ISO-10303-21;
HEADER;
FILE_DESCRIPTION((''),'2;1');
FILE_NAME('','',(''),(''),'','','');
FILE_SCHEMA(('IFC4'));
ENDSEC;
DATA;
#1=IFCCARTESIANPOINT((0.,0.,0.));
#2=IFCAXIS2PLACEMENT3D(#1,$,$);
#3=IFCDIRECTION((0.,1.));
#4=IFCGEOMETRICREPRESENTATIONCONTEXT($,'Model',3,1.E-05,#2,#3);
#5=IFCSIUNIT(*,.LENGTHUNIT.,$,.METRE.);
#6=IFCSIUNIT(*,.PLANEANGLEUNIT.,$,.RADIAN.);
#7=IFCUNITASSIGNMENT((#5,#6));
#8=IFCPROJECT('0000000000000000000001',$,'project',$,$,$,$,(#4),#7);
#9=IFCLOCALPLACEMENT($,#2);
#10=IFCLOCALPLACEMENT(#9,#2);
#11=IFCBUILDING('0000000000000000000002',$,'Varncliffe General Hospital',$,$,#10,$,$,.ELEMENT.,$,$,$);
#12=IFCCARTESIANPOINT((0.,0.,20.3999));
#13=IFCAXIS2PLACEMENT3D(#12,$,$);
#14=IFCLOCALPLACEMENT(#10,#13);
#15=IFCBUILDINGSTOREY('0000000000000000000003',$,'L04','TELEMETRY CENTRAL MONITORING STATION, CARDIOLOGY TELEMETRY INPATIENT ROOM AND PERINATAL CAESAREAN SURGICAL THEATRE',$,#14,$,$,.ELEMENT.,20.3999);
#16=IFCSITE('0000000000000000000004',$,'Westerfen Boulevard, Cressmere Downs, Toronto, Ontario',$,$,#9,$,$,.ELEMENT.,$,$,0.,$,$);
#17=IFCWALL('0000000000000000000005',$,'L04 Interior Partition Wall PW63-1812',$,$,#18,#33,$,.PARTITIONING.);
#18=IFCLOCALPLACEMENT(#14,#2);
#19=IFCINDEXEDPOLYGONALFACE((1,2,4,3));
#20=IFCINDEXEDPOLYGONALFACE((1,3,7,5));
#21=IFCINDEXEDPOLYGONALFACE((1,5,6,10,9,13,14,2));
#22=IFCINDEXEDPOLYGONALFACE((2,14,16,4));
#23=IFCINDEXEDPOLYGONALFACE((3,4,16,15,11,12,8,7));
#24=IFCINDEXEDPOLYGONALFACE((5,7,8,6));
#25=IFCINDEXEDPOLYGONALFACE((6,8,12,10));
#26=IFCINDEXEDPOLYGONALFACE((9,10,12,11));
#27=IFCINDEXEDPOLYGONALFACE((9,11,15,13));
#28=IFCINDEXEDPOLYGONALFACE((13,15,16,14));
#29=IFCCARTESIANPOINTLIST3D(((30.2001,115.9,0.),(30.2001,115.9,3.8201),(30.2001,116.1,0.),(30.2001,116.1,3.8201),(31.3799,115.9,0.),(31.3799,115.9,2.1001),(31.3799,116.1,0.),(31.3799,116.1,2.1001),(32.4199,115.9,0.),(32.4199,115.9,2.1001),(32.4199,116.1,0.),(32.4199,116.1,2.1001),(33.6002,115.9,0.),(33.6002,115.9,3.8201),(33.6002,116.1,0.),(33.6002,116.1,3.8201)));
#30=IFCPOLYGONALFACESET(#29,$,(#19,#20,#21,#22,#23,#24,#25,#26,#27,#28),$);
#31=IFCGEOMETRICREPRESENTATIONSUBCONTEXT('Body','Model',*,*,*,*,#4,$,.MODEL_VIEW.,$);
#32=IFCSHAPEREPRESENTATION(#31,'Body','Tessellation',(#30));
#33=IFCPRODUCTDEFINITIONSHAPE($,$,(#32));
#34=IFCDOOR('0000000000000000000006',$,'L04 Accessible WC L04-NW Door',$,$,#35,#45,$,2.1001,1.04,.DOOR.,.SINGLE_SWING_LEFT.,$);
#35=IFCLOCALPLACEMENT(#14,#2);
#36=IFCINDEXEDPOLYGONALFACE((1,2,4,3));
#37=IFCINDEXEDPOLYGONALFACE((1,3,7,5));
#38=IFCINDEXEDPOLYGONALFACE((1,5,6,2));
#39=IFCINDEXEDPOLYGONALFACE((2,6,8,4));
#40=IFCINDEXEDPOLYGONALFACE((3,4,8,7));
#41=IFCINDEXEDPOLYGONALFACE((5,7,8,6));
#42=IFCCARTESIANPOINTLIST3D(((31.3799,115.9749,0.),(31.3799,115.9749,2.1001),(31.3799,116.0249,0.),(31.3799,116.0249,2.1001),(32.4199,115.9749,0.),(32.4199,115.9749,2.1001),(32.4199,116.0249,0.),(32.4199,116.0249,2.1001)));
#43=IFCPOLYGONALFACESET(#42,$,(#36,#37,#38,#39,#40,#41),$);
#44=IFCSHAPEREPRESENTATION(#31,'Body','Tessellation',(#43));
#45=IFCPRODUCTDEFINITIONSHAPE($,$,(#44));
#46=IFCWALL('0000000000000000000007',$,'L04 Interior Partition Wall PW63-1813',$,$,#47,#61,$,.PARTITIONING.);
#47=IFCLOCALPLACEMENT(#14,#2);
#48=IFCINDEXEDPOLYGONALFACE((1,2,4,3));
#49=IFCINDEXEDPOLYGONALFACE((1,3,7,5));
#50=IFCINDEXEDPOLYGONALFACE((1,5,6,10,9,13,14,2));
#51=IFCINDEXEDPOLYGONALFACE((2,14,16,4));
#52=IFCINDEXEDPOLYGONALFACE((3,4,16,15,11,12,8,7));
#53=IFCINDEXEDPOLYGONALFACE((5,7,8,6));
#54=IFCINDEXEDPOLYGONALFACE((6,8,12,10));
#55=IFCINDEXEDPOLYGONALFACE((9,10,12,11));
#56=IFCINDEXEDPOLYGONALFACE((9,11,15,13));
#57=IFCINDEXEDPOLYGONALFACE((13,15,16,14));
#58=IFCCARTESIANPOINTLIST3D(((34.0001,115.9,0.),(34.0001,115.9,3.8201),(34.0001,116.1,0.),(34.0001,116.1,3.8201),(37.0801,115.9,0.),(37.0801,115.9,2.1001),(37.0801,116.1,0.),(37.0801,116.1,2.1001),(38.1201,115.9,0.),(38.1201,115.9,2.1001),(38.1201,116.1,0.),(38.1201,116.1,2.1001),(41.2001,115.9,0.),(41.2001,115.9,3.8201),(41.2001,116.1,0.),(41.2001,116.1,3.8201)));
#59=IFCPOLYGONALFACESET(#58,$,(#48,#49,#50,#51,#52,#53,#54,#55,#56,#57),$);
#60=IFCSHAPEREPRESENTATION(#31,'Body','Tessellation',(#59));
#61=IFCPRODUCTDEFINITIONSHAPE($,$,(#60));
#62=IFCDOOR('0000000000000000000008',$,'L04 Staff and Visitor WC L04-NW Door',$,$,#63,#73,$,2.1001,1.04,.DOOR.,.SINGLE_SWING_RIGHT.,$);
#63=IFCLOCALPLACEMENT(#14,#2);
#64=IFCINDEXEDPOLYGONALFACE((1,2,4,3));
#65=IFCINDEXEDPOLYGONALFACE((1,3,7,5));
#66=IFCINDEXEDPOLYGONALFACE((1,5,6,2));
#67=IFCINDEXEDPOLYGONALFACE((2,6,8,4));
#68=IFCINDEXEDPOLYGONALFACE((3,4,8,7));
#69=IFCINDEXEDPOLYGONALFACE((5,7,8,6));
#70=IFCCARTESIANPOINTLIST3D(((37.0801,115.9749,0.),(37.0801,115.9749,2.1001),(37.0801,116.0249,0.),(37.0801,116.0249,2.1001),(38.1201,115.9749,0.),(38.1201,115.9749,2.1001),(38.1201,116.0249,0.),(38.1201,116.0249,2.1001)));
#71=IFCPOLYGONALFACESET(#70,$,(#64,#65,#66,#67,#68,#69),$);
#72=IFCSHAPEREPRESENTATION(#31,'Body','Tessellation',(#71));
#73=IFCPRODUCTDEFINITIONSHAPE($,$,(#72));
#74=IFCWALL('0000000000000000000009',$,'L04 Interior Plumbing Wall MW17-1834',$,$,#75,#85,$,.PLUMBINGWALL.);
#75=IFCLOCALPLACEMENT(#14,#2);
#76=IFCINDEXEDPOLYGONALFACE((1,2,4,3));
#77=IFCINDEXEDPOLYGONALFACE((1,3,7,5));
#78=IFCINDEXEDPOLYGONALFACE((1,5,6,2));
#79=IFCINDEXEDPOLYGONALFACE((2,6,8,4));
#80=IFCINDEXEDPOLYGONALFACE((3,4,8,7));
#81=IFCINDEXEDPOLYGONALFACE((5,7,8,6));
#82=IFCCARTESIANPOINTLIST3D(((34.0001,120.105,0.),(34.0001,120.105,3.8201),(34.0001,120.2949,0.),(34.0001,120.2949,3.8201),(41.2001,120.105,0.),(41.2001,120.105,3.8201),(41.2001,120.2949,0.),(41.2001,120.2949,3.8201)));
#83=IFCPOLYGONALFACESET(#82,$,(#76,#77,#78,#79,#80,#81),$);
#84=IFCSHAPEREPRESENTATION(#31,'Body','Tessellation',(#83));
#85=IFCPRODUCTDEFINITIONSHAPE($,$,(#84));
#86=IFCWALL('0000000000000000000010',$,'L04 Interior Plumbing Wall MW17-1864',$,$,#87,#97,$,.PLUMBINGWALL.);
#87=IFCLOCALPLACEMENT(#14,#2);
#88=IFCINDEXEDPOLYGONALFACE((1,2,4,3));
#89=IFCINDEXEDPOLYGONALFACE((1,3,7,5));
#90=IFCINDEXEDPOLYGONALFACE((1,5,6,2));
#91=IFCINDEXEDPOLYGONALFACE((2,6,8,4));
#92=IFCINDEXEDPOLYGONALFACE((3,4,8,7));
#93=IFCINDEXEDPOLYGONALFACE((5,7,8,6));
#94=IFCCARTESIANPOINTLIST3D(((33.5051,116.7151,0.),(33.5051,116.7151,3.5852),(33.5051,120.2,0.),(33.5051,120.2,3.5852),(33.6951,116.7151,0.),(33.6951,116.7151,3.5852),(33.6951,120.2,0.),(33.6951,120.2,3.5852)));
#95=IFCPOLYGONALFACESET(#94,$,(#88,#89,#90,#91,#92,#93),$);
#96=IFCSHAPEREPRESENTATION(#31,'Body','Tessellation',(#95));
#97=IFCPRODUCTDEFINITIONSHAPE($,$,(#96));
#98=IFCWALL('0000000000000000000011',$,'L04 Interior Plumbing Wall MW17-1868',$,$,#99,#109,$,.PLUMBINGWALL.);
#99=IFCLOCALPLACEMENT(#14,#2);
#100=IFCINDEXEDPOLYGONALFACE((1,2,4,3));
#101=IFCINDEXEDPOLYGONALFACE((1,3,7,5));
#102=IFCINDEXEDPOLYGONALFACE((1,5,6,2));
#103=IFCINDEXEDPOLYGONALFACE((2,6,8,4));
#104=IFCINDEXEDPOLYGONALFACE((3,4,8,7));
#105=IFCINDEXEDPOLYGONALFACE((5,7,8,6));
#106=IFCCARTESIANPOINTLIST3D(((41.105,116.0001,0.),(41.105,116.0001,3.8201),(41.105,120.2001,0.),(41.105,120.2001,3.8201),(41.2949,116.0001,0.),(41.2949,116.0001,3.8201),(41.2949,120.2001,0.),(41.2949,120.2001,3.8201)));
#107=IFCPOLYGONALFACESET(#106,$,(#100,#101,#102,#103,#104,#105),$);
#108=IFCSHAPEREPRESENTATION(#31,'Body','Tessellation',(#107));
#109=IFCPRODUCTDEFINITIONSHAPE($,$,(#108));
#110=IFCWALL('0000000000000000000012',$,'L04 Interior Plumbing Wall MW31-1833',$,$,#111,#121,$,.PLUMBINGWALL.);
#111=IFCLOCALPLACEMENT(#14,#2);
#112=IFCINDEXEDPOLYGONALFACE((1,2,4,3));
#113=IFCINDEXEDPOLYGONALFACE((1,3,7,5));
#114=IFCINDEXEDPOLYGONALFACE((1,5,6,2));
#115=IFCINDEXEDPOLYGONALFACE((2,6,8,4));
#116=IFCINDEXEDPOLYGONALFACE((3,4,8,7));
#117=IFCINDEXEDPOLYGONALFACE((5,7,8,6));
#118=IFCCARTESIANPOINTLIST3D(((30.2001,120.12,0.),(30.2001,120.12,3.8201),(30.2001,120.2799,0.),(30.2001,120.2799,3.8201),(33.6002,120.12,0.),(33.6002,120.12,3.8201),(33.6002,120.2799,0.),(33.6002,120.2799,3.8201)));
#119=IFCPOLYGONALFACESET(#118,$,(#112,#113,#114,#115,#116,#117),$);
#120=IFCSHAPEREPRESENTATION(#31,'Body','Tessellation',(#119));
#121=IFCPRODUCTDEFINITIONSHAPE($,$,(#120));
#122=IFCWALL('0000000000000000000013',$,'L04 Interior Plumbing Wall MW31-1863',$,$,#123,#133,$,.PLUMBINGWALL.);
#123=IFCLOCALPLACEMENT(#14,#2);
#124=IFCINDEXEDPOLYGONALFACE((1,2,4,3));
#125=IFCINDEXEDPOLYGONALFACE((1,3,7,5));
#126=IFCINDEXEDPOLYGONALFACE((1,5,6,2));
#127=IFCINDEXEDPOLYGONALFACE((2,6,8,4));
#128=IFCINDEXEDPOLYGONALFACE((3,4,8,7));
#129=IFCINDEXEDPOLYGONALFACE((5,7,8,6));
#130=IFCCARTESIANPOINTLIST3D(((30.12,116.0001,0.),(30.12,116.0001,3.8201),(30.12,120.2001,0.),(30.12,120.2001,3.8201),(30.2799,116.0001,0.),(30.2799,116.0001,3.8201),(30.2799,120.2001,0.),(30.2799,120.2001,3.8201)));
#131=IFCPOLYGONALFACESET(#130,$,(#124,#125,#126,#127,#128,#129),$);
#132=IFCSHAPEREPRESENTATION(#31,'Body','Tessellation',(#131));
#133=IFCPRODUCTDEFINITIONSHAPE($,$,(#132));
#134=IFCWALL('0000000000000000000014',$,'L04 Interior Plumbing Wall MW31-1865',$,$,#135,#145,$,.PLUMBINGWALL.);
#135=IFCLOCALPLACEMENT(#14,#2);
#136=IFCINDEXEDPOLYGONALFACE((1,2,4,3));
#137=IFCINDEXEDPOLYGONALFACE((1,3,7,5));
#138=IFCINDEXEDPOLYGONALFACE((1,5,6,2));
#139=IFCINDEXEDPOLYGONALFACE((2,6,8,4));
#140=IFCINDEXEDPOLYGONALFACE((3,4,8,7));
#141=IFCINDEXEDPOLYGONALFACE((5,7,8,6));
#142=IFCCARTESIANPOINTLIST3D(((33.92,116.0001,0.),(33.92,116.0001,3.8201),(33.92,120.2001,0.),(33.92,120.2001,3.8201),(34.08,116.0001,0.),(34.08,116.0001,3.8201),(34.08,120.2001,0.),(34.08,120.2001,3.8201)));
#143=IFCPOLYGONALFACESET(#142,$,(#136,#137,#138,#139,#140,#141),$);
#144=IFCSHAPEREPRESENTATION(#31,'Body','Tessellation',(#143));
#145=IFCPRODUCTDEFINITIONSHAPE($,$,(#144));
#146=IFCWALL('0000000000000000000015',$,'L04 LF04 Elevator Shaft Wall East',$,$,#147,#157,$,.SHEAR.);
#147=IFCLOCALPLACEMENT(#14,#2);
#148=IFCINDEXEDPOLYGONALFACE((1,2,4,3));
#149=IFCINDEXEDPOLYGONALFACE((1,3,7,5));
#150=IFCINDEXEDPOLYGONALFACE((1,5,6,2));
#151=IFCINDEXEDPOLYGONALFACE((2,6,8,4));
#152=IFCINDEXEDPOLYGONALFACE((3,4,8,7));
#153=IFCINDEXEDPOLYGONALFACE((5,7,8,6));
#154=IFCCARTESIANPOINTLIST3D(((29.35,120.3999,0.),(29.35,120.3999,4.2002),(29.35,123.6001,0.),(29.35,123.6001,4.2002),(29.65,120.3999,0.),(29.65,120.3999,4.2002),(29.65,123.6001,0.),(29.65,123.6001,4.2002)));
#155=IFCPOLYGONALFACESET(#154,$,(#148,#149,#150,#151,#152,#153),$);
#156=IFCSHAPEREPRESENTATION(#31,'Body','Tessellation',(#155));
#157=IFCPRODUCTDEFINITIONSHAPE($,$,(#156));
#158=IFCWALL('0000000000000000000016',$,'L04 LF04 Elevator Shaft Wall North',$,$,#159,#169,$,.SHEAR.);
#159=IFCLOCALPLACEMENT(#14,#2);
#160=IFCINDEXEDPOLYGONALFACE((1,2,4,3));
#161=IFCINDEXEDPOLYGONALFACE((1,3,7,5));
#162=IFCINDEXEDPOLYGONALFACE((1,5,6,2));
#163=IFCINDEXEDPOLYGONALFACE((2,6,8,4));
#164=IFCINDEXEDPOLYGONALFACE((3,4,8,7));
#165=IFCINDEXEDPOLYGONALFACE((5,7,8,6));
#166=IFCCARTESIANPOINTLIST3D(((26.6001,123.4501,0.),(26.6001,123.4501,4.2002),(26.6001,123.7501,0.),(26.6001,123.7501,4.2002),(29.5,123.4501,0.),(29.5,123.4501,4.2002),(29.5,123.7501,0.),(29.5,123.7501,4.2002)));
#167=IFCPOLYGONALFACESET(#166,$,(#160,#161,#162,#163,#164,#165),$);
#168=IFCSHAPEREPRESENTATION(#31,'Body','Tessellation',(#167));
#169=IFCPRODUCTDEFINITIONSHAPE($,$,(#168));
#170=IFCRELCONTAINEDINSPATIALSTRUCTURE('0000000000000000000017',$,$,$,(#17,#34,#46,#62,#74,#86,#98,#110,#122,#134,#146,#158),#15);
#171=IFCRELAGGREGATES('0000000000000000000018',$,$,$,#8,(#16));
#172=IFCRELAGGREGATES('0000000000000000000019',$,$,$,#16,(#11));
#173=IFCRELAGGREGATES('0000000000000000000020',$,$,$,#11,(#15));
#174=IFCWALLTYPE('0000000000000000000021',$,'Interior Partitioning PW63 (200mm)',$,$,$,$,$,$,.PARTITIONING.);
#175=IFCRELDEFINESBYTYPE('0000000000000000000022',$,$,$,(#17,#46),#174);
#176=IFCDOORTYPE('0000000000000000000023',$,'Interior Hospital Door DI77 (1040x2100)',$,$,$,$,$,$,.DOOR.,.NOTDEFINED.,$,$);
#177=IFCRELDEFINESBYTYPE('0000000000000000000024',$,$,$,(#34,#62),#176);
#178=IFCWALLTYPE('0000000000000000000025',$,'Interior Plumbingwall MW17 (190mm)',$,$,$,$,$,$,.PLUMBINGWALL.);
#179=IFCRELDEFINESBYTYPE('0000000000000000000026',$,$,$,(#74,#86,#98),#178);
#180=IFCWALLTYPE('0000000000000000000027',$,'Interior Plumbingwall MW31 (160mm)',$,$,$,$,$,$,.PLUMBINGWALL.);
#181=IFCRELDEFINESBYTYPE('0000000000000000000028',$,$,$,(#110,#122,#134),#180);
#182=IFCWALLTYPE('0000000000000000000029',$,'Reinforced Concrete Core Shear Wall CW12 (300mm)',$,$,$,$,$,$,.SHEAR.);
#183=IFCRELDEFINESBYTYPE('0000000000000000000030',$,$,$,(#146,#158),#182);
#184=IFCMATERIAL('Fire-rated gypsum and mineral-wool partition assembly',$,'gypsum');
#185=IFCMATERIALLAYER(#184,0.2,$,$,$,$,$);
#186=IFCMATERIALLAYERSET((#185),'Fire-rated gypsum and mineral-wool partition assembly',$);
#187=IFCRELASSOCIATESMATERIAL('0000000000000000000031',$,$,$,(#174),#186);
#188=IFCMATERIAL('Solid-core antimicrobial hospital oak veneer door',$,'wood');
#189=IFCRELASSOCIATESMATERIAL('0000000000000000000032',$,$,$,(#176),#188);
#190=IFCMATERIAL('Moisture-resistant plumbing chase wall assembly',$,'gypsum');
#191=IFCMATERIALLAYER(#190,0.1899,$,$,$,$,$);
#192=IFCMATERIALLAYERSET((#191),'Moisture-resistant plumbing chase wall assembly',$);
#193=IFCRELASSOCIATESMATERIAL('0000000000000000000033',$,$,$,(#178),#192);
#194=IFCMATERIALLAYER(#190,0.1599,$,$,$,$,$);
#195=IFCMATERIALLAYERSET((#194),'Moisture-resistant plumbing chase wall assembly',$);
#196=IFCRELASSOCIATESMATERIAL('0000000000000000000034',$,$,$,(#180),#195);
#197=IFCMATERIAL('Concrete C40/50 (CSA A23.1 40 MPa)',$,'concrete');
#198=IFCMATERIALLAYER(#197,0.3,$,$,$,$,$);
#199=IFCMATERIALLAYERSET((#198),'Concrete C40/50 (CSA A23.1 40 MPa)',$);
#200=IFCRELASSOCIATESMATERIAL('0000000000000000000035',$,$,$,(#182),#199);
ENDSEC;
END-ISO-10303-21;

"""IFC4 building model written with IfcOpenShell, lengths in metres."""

from ifc_helpers import new_model, si_unit, direction, frame, frame_2d, origin, place, context, subcontext, project, spatial, rectangle, extrude, material, layer, layer_set, type_object, element, fill, save


model = new_model("IFC4")

# Units and contexts
model_context = context("Model", 3, precision=1e-05, world=origin(), true_north=direction((0.0, 1.0)))
body_context = subcontext(model_context, "Body", "Model", "MODEL_VIEW")
ifc_project = project(units=[si_unit("LENGTHUNIT", "METRE"), si_unit("PLANEANGLEUNIT", "RADIAN")], contexts=[model_context])

# Site, building, storey
site_placement = place(None, origin())
site = spatial("IfcSite", under=ifc_project, at=site_placement, Name="Westerfen Boulevard, Cressmere Downs, Toronto, Ontario", CompositionType="ELEMENT", RefElevation=0.0)
building_placement = place(site_placement, origin())
building = spatial("IfcBuilding", under=site, at=building_placement, Name="Varncliffe General Hospital", CompositionType="ELEMENT")
storey_placement = place(building_placement, frame((0.0, 0.0, 20.3999)))
storey = spatial("IfcBuildingStorey", under=building, at=storey_placement, Name="L04", Description="TELEMETRY CENTRAL MONITORING STATION, CARDIOLOGY TELEMETRY INPATIENT ROOM AND PERINATAL CAESAREAN SURGICAL THEATRE", CompositionType="ELEMENT", Elevation=20.3999)

# Shared definitions
ifc_material_1 = material(Name="Concrete C40/50 (CSA A23.1 40 MPa)", Category="concrete")

# Walls, openings, doors
ifc_material_2 = material(Name="Fire-rated gypsum and mineral-wool partition assembly", Category="gypsum")
ifc_layer_1 = layer(ifc_material_2, 0.2)
ifc_layer_set_1 = layer_set([ifc_layer_1], Name="Fire-rated gypsum and mineral-wool partition assembly")
wall_type_1 = type_object("IfcWallType", Name="Interior Partitioning PW63 (200mm)", PredefinedType="PARTITIONING", material=ifc_layer_set_1)
wall_1_placement = place(storey_placement, frame((30.2, 116.0, 0.0), z_axis=(0.0, 0.0, 1.0), x_axis=(1.0, 0.0, 0.0)))
wall_1 = element("IfcWall", 1, at=wall_1_placement, inside=storey, type_object=wall_type_1, Name="L04 Interior Partition Wall PW63-1812", PredefinedType="PARTITIONING", context=body_context, shape_type="SweptSolid", body=[
    extrude(rectangle(XDim=3.4001, YDim=0.2, at=frame_2d((1.7002, 0.0))), origin(), (0.0, 0.0, 1.0), 3.8201),
])
opening_1_placement = place(wall_1_placement, frame((1.1799, 0.0, 0.0)))
opening_1 = element("IfcOpeningElement", 2, at=opening_1_placement, cuts=wall_1, PredefinedType="OPENING", context=body_context, shape_type="SweptSolid", body=[
    extrude(rectangle(XDim=1.04, YDim=2.1001, at=frame_2d((0.52, 1.05))), frame((0.0, 0.1099, 0.0), z_axis=(0.0, -1.0, 0.0), x_axis=(1.0, 0.0, 0.0)), (0.0, 0.0, 1.0), 0.22),
])
ifc_material_3 = material(Name="Solid-core antimicrobial hospital oak veneer door", Category="wood")
door_type_1 = type_object("IfcDoorType", Name="Interior Hospital Door DI77 (1040x2100)", OperationType="NOTDEFINED", PredefinedType="DOOR", material=ifc_material_3)
door_1_placement = place(opening_1_placement, origin())
door_1 = element("IfcDoor", 3, at=door_1_placement, inside=storey, type_object=door_type_1, Name="L04 Accessible WC L04-NW Door", OperationType="SINGLE_SWING_LEFT", OverallHeight=2.1001, OverallWidth=1.04, PredefinedType="DOOR", context=body_context, shape_type="SweptSolid", body=[
    extrude(rectangle(XDim=1.04, YDim=2.1001, at=frame_2d((0.52, 1.05))), frame((0.0, 0.0249, 0.0), z_axis=(0.0, -1.0, 0.0), x_axis=(1.0, 0.0, 0.0)), (0.0, 0.0, 1.0), 0.05),
])
fill(opening_1, door_1)
wall_2_placement = place(storey_placement, frame((34.0, 116.0, 0.0), z_axis=(0.0, 0.0, 1.0), x_axis=(1.0, 0.0, 0.0)))
wall_2 = element("IfcWall", 4, at=wall_2_placement, inside=storey, type_object=wall_type_1, Name="L04 Interior Partition Wall PW63-1813", PredefinedType="PARTITIONING", context=body_context, shape_type="SweptSolid", body=[
    extrude(rectangle(XDim=7.2, YDim=0.2, at=frame_2d((3.6001, 0.0))), origin(), (0.0, 0.0, 1.0), 3.8201),
])
opening_2_placement = place(wall_2_placement, frame((3.0801, 0.0, 0.0)))
opening_2 = element("IfcOpeningElement", 5, at=opening_2_placement, cuts=wall_2, PredefinedType="OPENING", context=body_context, shape_type="SweptSolid", body=[
    extrude(rectangle(XDim=1.04, YDim=2.1001, at=frame_2d((0.52, 1.05))), frame((0.0, 0.1099, 0.0), z_axis=(0.0, -1.0, 0.0), x_axis=(1.0, 0.0, 0.0)), (0.0, 0.0, 1.0), 0.22),
])
door_2_placement = place(opening_2_placement, origin())
door_2 = element("IfcDoor", 6, at=door_2_placement, inside=storey, type_object=door_type_1, Name="L04 Staff and Visitor WC L04-NW Door", OperationType="SINGLE_SWING_RIGHT", OverallHeight=2.1001, OverallWidth=1.04, PredefinedType="DOOR", context=body_context, shape_type="SweptSolid", body=[
    extrude(rectangle(XDim=1.04, YDim=2.1001, at=frame_2d((0.52, 1.05))), frame((0.0, 0.0249, 0.0), z_axis=(0.0, -1.0, 0.0), x_axis=(1.0, 0.0, 0.0)), (0.0, 0.0, 1.0), 0.05),
])
fill(opening_2, door_2)

# Walls
ifc_material_4 = material(Name="Moisture-resistant plumbing chase wall assembly", Category="gypsum")
ifc_layer_2 = layer(ifc_material_4, 0.1899)
ifc_layer_set_2 = layer_set([ifc_layer_2], Name="Moisture-resistant plumbing chase wall assembly")
wall_type_2 = type_object("IfcWallType", Name="Interior Plumbingwall MW17 (190mm)", PredefinedType="PLUMBINGWALL", material=ifc_layer_set_2)
wall_3_placement = place(storey_placement, frame((34.0, 120.2, 0.0), z_axis=(0.0, 0.0, 1.0), x_axis=(1.0, 0.0, 0.0)))
element("IfcWall", 7, at=wall_3_placement, inside=storey, type_object=wall_type_2, Name="L04 Interior Plumbing Wall MW17-1834", PredefinedType="PLUMBINGWALL", context=body_context, shape_type="SweptSolid", body=[
    extrude(rectangle(XDim=7.2, YDim=0.1899, at=frame_2d((3.6001, 0.0))), origin(), (0.0, 0.0, 1.0), 3.8201),
])
wall_4_placement = place(storey_placement, frame((33.6001, 116.7151, 0.0), z_axis=(0.0, 0.0, 1.0), x_axis=(0.0, 1.0, 0.0)))
element("IfcWall", 8, at=wall_4_placement, inside=storey, type_object=wall_type_2, Name="L04 Interior Plumbing Wall MW17-1864", PredefinedType="PLUMBINGWALL", context=body_context, shape_type="SweptSolid", body=[
    extrude(rectangle(XDim=3.4849, YDim=0.1899, at=frame_2d((1.7424, 0.0))), origin(), (0.0, 0.0, 1.0), 3.5852),
])
wall_5_placement = place(storey_placement, frame((41.2, 116.0, 0.0), z_axis=(0.0, 0.0, 1.0), x_axis=(0.0, 1.0, 0.0)))
element("IfcWall", 9, at=wall_5_placement, inside=storey, type_object=wall_type_2, Name="L04 Interior Plumbing Wall MW17-1868", PredefinedType="PLUMBINGWALL", context=body_context, shape_type="SweptSolid", body=[
    extrude(rectangle(XDim=4.2, YDim=0.1899, at=frame_2d((2.1001, 0.0))), origin(), (0.0, 0.0, 1.0), 3.8201),
])
ifc_layer_3 = layer(ifc_material_4, 0.1599)
ifc_layer_set_3 = layer_set([ifc_layer_3], Name="Moisture-resistant plumbing chase wall assembly")
wall_type_3 = type_object("IfcWallType", Name="Interior Plumbingwall MW31 (160mm)", PredefinedType="PLUMBINGWALL", material=ifc_layer_set_3)
wall_6_placement = place(storey_placement, frame((30.2, 120.2, 0.0), z_axis=(0.0, 0.0, 1.0), x_axis=(1.0, 0.0, 0.0)))
element("IfcWall", 10, at=wall_6_placement, inside=storey, type_object=wall_type_3, Name="L04 Interior Plumbing Wall MW31-1833", PredefinedType="PLUMBINGWALL", context=body_context, shape_type="SweptSolid", body=[
    extrude(rectangle(XDim=3.4001, YDim=0.1599, at=frame_2d((1.7002, 0.0))), origin(), (0.0, 0.0, 1.0), 3.8201),
])
for number, where, z_axis, x_axis, name in (
    (11, (30.2, 116.0, 0.0), (0.0, 0.0, 1.0), (0.0, 1.0, 0.0), "L04 Interior Plumbing Wall MW31-1863"),
    (12, (34.0, 116.0, 0.0), (0.0, 0.0, 1.0), (0.0, 1.0, 0.0), "L04 Interior Plumbing Wall MW31-1865"),
):
    element("IfcWall", number, at=place(storey_placement, frame(where, z_axis=z_axis, x_axis=x_axis)), inside=storey, type_object=wall_type_3, Name=name, PredefinedType="PLUMBINGWALL", context=body_context, shape_type="SweptSolid", body=[
        extrude(rectangle(XDim=4.2, YDim=0.1599, at=frame_2d((2.1001, 0.0))), origin(), (0.0, 0.0, 1.0), 3.8201),
    ])
ifc_layer_4 = layer(ifc_material_1, 0.3)
ifc_layer_set_4 = layer_set([ifc_layer_4], Name="Concrete C40/50 (CSA A23.1 40 MPa)")
wall_type_4 = type_object("IfcWallType", Name="Reinforced Concrete Core Shear Wall CW12 (300mm)", PredefinedType="SHEAR", material=ifc_layer_set_4)
wall_7_placement = place(storey_placement, frame((29.5, 120.3999, 0.0), z_axis=(0.0, 0.0, 1.0), x_axis=(0.0, 1.0, 0.0)))
element("IfcWall", 13, at=wall_7_placement, inside=storey, type_object=wall_type_4, Name="L04 LF04 Elevator Shaft Wall East", PredefinedType="SHEAR", context=body_context, shape_type="SweptSolid", body=[
    extrude(rectangle(XDim=3.2002, YDim=0.3, at=frame_2d((1.6001, 0.0))), origin(), (0.0, 0.0, 1.0), 4.2002),
])
wall_8_placement = place(storey_placement, frame((29.5, 123.6001, 0.0), z_axis=(0.0, 0.0, 1.0), x_axis=(-1.0, 0.0, 0.0)))
element("IfcWall", 14, at=wall_8_placement, inside=storey, type_object=wall_type_4, Name="L04 LF04 Elevator Shaft Wall North", PredefinedType="SHEAR", context=body_context, shape_type="SweptSolid", body=[
    extrude(rectangle(XDim=2.8999, YDim=0.3, at=frame_2d((1.45, 0.0))), origin(), (0.0, 0.0, 1.0), 4.2002),
])

save(model, "model.ifc")
